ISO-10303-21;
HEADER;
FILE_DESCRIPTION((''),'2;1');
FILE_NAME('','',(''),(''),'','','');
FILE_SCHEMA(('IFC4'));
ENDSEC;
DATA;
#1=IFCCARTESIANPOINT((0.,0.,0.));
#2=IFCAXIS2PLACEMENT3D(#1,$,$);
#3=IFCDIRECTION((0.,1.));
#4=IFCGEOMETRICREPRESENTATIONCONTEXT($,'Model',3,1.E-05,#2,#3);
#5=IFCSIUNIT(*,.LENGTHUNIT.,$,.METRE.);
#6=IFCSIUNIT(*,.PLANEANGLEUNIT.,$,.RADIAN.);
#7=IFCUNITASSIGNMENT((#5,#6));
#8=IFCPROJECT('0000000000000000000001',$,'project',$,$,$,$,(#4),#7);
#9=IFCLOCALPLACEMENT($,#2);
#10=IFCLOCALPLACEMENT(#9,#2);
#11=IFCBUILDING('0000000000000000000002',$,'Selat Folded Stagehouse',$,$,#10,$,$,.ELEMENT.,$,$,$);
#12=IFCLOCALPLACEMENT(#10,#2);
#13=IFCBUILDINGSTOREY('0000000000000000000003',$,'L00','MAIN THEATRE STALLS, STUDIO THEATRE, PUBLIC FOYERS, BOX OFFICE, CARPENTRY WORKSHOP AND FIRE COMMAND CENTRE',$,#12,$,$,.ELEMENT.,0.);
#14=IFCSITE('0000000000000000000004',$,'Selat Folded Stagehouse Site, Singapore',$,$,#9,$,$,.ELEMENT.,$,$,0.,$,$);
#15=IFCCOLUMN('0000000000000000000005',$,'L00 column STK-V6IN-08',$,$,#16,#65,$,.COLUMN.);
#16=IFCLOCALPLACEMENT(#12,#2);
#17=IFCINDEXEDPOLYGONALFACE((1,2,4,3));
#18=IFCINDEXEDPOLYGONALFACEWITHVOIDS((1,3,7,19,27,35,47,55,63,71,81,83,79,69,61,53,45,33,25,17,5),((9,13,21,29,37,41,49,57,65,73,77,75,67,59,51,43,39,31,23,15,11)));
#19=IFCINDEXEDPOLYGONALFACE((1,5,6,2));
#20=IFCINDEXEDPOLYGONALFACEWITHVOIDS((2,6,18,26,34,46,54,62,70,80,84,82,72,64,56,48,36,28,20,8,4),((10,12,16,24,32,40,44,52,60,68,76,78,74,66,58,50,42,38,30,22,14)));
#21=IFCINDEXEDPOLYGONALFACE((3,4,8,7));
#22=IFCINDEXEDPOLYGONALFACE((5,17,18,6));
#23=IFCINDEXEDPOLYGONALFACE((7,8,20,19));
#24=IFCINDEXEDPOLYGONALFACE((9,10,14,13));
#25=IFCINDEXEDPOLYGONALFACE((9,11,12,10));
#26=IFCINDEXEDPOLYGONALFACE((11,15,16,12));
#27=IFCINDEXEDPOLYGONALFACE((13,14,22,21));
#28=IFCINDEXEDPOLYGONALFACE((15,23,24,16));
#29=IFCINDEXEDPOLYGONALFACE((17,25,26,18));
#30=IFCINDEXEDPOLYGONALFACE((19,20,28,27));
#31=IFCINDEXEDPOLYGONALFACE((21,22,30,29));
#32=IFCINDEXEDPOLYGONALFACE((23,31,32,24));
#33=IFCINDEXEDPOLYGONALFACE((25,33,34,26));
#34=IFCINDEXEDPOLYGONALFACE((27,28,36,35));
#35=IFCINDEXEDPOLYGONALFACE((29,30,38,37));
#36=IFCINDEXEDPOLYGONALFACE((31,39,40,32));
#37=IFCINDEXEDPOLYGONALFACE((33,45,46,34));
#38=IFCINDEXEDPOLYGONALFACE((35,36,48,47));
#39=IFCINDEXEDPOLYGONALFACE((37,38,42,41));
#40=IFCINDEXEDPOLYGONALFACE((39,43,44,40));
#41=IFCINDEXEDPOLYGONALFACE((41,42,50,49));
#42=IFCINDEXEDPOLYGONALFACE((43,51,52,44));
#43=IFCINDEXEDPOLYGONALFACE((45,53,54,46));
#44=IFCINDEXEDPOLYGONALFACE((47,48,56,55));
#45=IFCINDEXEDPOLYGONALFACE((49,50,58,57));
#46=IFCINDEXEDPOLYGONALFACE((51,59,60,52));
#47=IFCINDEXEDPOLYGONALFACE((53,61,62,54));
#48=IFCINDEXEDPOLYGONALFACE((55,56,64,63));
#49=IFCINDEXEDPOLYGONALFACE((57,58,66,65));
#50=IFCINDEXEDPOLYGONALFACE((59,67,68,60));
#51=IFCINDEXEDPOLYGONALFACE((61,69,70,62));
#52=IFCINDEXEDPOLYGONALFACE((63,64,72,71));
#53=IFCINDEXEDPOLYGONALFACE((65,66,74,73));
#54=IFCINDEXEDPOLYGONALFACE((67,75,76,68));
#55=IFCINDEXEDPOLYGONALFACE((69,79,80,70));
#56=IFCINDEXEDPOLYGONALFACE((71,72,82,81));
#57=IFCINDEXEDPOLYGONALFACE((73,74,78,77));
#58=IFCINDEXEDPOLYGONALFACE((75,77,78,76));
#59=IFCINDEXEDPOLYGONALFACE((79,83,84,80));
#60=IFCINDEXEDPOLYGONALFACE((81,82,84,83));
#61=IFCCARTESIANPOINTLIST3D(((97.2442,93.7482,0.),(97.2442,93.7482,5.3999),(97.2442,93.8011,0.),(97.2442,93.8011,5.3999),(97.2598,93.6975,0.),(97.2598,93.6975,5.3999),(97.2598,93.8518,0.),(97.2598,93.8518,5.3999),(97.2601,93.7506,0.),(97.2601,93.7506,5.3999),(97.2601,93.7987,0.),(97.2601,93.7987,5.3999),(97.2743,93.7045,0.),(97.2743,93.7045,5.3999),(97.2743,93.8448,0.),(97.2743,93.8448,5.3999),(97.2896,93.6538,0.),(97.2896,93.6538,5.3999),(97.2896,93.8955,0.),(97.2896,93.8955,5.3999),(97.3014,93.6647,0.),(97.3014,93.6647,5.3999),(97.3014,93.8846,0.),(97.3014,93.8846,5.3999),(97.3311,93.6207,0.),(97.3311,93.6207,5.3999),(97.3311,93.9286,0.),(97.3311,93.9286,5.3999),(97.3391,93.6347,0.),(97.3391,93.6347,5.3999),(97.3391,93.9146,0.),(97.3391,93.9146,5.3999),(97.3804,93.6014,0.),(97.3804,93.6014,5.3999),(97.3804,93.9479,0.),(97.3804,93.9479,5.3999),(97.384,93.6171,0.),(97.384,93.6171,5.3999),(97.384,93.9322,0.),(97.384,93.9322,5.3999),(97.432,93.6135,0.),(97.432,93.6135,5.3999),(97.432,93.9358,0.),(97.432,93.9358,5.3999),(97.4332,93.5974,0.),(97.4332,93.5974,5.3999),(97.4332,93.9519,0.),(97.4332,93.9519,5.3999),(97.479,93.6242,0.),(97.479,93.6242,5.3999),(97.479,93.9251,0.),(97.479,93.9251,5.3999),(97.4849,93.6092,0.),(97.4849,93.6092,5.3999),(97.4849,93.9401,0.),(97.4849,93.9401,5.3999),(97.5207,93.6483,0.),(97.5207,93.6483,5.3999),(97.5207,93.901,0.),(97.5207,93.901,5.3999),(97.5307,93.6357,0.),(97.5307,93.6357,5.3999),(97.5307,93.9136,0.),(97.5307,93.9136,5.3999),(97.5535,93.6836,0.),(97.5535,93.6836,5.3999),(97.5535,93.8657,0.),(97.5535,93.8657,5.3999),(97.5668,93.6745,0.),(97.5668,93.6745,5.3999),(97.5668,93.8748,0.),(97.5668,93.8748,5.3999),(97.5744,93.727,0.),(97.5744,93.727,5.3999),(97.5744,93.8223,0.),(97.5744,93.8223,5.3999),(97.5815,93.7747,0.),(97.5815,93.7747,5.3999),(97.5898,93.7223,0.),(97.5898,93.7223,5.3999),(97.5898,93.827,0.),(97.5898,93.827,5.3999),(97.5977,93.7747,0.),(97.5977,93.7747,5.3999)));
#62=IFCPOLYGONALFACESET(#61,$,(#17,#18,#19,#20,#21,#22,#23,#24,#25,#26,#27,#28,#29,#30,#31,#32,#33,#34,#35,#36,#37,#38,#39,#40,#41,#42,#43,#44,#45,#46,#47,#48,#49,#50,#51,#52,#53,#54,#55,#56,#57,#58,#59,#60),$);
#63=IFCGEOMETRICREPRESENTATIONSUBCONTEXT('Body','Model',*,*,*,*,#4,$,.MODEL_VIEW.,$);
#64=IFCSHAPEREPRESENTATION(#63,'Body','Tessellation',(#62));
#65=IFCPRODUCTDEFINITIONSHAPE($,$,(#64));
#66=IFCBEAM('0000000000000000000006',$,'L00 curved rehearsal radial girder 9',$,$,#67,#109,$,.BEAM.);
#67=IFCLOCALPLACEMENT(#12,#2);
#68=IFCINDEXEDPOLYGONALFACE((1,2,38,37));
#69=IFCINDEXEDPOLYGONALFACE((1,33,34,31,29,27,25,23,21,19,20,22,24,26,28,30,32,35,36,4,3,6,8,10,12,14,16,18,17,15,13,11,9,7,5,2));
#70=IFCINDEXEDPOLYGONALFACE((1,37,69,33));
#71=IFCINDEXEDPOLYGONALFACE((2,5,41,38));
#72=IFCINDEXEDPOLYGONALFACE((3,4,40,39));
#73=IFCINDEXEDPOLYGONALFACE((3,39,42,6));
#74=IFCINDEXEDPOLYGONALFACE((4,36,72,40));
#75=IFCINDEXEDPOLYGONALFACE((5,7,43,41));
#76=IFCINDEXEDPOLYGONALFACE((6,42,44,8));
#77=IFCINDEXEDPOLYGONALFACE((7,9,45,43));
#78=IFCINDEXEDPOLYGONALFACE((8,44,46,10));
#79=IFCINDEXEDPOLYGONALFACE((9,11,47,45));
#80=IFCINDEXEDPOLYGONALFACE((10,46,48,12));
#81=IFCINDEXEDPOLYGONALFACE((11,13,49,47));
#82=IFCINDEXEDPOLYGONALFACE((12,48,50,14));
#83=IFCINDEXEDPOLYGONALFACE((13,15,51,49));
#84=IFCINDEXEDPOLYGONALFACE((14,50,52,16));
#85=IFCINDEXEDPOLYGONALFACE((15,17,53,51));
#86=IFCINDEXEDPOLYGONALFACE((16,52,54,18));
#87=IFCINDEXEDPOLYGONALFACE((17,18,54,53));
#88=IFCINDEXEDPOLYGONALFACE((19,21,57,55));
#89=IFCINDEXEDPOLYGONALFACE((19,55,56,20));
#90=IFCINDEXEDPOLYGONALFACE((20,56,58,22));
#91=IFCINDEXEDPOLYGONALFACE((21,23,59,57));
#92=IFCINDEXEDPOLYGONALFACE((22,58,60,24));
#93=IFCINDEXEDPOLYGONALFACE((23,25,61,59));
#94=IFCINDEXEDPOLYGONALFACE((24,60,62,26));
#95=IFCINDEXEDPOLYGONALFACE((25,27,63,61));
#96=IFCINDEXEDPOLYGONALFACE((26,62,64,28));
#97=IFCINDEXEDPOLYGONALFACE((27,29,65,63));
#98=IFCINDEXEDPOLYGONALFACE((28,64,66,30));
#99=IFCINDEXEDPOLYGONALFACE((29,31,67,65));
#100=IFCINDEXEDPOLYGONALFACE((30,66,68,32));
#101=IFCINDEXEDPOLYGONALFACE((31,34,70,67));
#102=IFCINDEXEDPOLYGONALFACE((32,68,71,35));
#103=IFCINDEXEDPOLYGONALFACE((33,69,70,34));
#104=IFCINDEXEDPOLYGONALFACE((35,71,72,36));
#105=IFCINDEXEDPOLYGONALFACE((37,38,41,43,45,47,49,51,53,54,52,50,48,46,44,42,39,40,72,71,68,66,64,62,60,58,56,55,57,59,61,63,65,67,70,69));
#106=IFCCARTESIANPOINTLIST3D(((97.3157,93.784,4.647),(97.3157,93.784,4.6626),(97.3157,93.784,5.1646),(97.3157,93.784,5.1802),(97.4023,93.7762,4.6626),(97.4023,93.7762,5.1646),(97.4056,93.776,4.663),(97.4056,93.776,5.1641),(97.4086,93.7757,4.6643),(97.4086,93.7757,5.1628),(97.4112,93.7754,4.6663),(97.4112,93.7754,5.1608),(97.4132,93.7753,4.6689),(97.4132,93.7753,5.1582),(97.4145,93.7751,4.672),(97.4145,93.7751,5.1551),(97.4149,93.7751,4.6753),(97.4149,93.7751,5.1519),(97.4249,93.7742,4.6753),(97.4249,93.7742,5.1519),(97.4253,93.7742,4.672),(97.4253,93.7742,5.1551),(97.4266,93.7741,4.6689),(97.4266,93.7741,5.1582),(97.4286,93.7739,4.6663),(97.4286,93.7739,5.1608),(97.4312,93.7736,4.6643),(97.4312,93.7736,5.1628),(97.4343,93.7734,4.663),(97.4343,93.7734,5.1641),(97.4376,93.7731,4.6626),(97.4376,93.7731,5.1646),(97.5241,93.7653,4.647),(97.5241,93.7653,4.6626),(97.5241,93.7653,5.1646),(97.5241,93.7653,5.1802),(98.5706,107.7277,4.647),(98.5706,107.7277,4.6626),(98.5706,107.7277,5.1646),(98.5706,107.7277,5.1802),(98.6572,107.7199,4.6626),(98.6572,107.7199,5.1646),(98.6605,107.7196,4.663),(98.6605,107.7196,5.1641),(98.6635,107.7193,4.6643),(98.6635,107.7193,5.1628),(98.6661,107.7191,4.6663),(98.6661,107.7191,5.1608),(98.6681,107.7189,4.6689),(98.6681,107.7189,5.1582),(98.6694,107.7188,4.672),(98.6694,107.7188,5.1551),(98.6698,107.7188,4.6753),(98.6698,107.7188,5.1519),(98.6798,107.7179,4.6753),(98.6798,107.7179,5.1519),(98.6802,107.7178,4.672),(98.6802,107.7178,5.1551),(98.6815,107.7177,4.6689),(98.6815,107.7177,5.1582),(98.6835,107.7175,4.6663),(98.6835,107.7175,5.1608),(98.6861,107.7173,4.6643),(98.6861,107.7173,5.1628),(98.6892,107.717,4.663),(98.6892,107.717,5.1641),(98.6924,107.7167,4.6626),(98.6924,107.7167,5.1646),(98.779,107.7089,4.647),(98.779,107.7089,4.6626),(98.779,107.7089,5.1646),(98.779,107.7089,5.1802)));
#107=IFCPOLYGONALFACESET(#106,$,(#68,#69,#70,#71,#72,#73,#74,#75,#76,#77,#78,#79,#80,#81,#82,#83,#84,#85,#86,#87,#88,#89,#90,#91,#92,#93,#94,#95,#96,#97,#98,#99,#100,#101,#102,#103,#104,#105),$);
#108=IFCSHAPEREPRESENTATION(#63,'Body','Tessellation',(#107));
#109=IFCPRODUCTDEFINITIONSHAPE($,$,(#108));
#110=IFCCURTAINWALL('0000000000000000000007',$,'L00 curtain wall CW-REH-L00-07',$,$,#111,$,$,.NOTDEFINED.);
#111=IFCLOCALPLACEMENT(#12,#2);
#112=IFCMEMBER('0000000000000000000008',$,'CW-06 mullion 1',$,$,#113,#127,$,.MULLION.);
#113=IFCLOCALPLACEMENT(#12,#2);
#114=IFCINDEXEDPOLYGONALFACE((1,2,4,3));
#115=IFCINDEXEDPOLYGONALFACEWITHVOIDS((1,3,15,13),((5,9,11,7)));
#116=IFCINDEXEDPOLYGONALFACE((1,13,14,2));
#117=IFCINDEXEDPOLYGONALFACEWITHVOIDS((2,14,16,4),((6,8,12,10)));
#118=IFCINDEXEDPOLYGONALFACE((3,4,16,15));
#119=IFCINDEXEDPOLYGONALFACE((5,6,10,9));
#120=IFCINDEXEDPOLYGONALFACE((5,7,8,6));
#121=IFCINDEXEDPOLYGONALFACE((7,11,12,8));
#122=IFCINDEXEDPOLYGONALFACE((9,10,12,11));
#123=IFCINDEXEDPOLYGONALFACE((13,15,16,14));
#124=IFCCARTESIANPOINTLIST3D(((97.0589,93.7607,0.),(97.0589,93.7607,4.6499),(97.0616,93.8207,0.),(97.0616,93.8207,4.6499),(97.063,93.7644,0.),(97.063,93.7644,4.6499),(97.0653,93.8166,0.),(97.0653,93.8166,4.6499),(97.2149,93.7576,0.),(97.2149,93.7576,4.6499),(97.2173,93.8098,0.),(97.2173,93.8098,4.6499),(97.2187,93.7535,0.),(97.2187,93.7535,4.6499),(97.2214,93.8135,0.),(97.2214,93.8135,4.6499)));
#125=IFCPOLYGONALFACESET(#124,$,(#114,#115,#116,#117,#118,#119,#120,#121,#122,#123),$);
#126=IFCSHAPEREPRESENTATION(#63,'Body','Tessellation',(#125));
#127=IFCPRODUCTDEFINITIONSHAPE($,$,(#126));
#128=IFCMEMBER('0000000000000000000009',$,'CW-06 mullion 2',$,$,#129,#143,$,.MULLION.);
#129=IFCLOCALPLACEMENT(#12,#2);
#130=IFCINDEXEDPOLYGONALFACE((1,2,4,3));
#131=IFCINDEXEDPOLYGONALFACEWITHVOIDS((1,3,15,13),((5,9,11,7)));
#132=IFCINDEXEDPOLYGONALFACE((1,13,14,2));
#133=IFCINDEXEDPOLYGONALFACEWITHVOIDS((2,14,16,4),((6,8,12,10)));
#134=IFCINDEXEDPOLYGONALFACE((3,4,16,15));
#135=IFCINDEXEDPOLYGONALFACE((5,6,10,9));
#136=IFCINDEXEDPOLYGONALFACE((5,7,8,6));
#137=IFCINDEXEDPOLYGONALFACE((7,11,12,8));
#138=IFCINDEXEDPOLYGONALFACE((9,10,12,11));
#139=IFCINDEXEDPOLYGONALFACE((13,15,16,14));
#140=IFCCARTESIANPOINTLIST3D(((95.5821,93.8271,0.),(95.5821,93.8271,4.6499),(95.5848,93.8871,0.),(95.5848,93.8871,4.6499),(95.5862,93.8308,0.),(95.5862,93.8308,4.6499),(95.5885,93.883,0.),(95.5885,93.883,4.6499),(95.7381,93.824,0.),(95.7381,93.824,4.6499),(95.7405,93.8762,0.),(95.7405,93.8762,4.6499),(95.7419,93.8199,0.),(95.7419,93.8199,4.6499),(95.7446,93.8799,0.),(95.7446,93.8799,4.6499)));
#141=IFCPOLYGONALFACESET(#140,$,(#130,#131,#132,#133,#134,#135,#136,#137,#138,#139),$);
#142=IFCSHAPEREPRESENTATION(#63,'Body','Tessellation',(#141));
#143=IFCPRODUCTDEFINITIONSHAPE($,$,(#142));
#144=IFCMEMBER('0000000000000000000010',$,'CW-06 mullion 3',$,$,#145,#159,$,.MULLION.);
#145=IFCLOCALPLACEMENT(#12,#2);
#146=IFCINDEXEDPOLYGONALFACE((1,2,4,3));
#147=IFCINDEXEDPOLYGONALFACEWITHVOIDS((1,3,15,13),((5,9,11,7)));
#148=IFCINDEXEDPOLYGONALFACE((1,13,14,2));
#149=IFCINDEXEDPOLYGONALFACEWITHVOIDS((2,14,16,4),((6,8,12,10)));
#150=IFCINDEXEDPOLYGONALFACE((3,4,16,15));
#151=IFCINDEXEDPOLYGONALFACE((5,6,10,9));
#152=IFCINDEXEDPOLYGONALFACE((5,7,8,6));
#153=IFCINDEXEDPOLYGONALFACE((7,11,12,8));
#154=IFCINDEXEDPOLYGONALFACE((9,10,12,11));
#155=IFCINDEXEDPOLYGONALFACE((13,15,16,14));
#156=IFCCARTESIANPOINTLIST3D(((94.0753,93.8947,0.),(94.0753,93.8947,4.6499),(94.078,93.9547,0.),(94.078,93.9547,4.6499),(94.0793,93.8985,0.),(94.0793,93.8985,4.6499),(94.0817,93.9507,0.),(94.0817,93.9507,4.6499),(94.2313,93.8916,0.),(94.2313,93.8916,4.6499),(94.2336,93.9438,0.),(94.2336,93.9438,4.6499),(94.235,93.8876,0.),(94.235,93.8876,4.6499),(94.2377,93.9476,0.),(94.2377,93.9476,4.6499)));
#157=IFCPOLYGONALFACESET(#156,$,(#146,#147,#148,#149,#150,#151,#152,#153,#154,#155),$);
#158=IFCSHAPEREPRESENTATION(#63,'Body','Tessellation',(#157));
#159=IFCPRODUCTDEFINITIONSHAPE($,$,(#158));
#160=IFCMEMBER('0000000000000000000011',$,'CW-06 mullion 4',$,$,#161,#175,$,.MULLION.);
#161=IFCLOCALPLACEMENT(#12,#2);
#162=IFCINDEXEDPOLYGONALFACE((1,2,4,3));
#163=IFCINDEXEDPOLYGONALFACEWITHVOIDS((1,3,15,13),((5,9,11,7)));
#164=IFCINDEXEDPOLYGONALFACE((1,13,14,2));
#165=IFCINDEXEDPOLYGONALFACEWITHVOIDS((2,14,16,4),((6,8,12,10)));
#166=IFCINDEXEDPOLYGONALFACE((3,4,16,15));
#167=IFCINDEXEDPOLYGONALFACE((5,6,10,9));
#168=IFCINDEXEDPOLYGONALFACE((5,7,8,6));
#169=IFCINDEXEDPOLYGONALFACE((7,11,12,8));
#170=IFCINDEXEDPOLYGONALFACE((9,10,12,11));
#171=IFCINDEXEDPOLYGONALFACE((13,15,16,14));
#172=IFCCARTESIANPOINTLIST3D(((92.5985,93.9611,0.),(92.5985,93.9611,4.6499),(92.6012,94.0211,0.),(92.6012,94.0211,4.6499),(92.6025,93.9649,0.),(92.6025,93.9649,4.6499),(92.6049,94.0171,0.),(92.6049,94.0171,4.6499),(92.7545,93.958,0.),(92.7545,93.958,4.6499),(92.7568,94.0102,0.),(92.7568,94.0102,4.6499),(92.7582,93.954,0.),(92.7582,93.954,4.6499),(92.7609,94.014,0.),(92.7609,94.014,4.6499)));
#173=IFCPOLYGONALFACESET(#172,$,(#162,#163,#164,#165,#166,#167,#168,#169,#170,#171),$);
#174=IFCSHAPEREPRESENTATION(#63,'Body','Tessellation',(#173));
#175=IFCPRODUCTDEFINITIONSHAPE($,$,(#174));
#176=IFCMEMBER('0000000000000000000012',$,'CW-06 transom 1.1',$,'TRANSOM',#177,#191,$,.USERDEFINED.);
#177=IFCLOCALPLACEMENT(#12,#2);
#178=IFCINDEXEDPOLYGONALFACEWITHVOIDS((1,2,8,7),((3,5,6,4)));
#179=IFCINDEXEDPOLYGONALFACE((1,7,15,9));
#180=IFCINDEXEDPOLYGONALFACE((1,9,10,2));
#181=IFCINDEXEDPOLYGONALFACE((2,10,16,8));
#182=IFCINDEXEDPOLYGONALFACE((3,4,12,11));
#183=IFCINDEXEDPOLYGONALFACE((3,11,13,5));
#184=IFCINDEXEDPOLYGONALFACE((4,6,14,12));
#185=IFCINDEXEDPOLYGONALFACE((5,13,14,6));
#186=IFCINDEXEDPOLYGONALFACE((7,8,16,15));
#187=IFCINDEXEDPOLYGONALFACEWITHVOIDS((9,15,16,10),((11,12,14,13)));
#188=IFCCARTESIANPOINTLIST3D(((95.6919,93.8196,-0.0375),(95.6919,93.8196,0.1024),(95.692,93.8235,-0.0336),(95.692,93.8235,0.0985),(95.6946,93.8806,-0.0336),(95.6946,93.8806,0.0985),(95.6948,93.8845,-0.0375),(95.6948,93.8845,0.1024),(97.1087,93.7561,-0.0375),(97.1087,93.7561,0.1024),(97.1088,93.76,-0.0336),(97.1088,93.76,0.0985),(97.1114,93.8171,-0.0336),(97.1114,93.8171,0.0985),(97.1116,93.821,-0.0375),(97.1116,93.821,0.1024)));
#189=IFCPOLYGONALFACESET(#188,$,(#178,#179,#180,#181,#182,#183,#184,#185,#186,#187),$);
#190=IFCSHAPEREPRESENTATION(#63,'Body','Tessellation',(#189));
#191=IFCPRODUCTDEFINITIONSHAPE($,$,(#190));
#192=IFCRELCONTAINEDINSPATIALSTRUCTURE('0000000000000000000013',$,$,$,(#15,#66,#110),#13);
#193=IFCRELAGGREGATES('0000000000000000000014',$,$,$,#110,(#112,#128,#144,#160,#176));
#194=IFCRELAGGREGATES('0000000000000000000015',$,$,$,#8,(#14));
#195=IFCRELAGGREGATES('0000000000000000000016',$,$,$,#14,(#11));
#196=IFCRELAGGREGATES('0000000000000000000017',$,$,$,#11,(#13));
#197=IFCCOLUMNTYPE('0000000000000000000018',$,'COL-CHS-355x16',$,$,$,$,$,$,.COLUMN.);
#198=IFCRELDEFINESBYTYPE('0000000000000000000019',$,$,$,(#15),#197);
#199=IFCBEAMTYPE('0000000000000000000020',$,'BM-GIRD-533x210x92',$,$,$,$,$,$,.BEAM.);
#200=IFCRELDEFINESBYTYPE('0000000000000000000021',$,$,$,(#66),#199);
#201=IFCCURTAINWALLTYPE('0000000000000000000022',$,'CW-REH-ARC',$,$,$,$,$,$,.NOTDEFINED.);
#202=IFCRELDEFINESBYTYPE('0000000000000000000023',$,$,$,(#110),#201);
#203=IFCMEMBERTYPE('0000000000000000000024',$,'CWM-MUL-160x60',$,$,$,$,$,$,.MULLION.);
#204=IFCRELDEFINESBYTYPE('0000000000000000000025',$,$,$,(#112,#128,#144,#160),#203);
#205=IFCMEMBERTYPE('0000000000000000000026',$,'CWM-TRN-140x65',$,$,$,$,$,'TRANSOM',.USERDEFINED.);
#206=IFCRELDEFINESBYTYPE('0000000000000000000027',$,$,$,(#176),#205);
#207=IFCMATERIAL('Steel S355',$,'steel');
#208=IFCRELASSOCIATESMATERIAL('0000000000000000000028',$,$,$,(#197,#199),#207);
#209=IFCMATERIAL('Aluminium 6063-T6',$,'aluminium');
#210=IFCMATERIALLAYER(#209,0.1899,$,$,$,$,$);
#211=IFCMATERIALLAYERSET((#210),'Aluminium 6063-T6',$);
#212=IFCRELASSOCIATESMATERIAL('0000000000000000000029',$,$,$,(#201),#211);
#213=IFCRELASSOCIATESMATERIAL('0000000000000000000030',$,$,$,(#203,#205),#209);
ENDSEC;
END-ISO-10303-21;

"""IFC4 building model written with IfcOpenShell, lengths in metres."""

from ifc_helpers import new_model, si_unit, direction, frame, origin, origin_2d, place, context, subcontext, project, spatial, hollow_rectangle, hollow_circle, i_section, extrude, material, layer, layer_set, material_profile, profile_set, type_object, element, aggregate, save


model = new_model("IFC4")

# Units and contexts
model_context = context("Model", 3, precision=1e-05, world=origin(), true_north=direction((0.0, 1.0)))
body_context = subcontext(model_context, "Body", "Model", "MODEL_VIEW")
ifc_project = project(units=[si_unit("LENGTHUNIT", "METRE"), si_unit("PLANEANGLEUNIT", "RADIAN")], contexts=[model_context])

# Site, building, storey
site_placement = place(None, origin())
site = spatial("IfcSite", under=ifc_project, at=site_placement, Name="Selat Folded Stagehouse Site, Singapore", CompositionType="ELEMENT", RefElevation=0.0)
building_placement = place(site_placement, origin())
building = spatial("IfcBuilding", under=site, at=building_placement, Name="Selat Folded Stagehouse", CompositionType="ELEMENT")
storey_placement = place(building_placement, origin())
storey = spatial("IfcBuildingStorey", under=building, at=storey_placement, Name="L00", Description="MAIN THEATRE STALLS, STUDIO THEATRE, PUBLIC FOYERS, BOX OFFICE, CARPENTRY WORKSHOP AND FIRE COMMAND CENTRE", CompositionType="ELEMENT", Elevation=0.0)

# Column
ifc_material_1 = material(Name="Steel S355", Category="steel")
ifc_material_profile_1 = material_profile(ifc_material_1, hollow_circle(Radius=0.1777, WallThickness=0.0161, at=origin_2d()), Name="CHS 355.6x16.0")
ifc_profile_set_1 = profile_set([ifc_material_profile_1], Name="Steel S355")
column_type = type_object("IfcColumnType", Name="COL-CHS-355x16", PredefinedType="COLUMN", material=ifc_profile_set_1)
column_placement = place(storey_placement, frame((97.4199, 93.7747, 0.0), z_axis=(0.0, 0.0, 1.0), x_axis=(1.0, 0.0, 0.0)))
element("IfcColumn", 1, at=column_placement, inside=storey, type_object=column_type, Name="L00 column STK-V6IN-08", PredefinedType="COLUMN", context=body_context, shape_type="SweptSolid", body=[
    extrude(hollow_circle(Radius=0.1777, WallThickness=0.0161, at=origin_2d()), origin(), (0.0, 0.0, 1.0), 5.3999),
])

# Beam
ifc_material_profile_2 = material_profile(ifc_material_1, i_section(OverallWidth=0.2092, OverallDepth=0.5332, WebThickness=0.01, FlangeThickness=0.0156, FilletRadius=0.0127, at=origin_2d()), Name="UKB 533x210x92")
ifc_profile_set_2 = profile_set([ifc_material_profile_2], Name="Steel S355")
beam_type_1 = type_object("IfcBeamType", Name="BM-GIRD-533x210x92", PredefinedType="BEAM", material=ifc_profile_set_2)
beam_1_placement = place(storey_placement, frame((97.4199, 93.7747, 4.9136), z_axis=(0.089635, 0.995975, 0.0), x_axis=(-0.995975, 0.089635, 0.0)))
element("IfcBeam", 2, at=beam_1_placement, inside=storey, type_object=beam_type_1, Name="L00 curved rehearsal radial girder 9", PredefinedType="BEAM", context=body_context, shape_type="SweptSolid", body=[
    extrude(i_section(OverallWidth=0.2092, OverallDepth=0.5332, WebThickness=0.01, FlangeThickness=0.0156, FilletRadius=0.0127, at=origin_2d()), origin(), (0.0, 0.0, 1.0), 14.0),
])

# Curtain wall, members
ifc_material_2 = material(Name="Aluminium 6063-T6", Category="aluminium")
ifc_layer_1 = layer(ifc_material_2, 0.1899)
ifc_layer_set_1 = layer_set([ifc_layer_1], Name="Aluminium 6063-T6")
curtain_wall_type = type_object("IfcCurtainWallType", Name="CW-REH-ARC", PredefinedType="NOTDEFINED", material=ifc_layer_set_1)
curtain_wall_placement = place(storey_placement, origin())
curtain_wall = element("IfcCurtainWall", 3, at=curtain_wall_placement, inside=storey, type_object=curtain_wall_type, Name="L00 curtain wall CW-REH-L00-07", PredefinedType="NOTDEFINED")
ifc_material_profile_3 = material_profile(ifc_material_2, hollow_rectangle(XDim=0.0601, YDim=0.1599, WallThickness=0.0039, at=origin_2d()), Name="ALU 160x60x4.0")
ifc_profile_set_3 = profile_set([ifc_material_profile_3], Name="Aluminium 6063-T6")
member_type_1 = type_object("IfcMemberType", Name="CWM-MUL-160x60", PredefinedType="MULLION", material=ifc_profile_set_3)
member_1_placement = place(storey_placement, frame((97.1401, 93.7871, 0.0), z_axis=(0.0, 0.0, 1.0), x_axis=(-0.044862, -0.998993, 0.0)))
member_1 = element("IfcMember", 4, at=member_1_placement, type_object=member_type_1, Name="CW-06 mullion 1", PredefinedType="MULLION", context=body_context, shape_type="SweptSolid", body=[
    extrude(hollow_rectangle(XDim=0.0601, YDim=0.1599, WallThickness=0.0039, at=origin_2d()), origin(), (0.0, 0.0, 1.0), 4.6499),
])
member_2_placement = place(storey_placement, frame((95.6633, 93.8535, 0.0), z_axis=(0.0, 0.0, 1.0), x_axis=(-0.044862, -0.998993, 0.0)))
member_2 = element("IfcMember", 5, at=member_2_placement, type_object=member_type_1, Name="CW-06 mullion 2", PredefinedType="MULLION", context=body_context, shape_type="SweptSolid", body=[
    extrude(hollow_rectangle(XDim=0.0601, YDim=0.1599, WallThickness=0.0039, at=origin_2d()), origin(), (0.0, 0.0, 1.0), 4.6499),
])
member_3_placement = place(storey_placement, frame((94.1565, 93.9211, 0.0), z_axis=(0.0, 0.0, 1.0), x_axis=(-0.044862, -0.998993, 0.0)))
member_3 = element("IfcMember", 6, at=member_3_placement, type_object=member_type_1, Name="CW-06 mullion 3", PredefinedType="MULLION", context=body_context, shape_type="SweptSolid", body=[
    extrude(hollow_rectangle(XDim=0.0601, YDim=0.1599, WallThickness=0.0039, at=origin_2d()), origin(), (0.0, 0.0, 1.0), 4.6499),
])
member_4_placement = place(storey_placement, frame((92.6797, 93.9875, 0.0), z_axis=(0.0, 0.0, 1.0), x_axis=(-0.044862, -0.998993, 0.0)))
member_4 = element("IfcMember", 7, at=member_4_placement, type_object=member_type_1, Name="CW-06 mullion 4", PredefinedType="MULLION", context=body_context, shape_type="SweptSolid", body=[
    extrude(hollow_rectangle(XDim=0.0601, YDim=0.1599, WallThickness=0.0039, at=origin_2d()), origin(), (0.0, 0.0, 1.0), 4.6499),
])
ifc_material_profile_4 = material_profile(ifc_material_2, hollow_rectangle(XDim=0.0649, YDim=0.1399, WallThickness=0.0039, at=origin_2d()), Name="ALU 140x65x4.0")
ifc_profile_set_4 = profile_set([ifc_material_profile_4], Name="Aluminium 6063-T6")
member_type_2 = type_object("IfcMemberType", Name="CWM-TRN-140x65", ElementType="TRANSOM", PredefinedType="USERDEFINED", material=ifc_profile_set_4)
member_5_placement = place(storey_placement, frame((97.1101, 93.7886, 0.0325), z_axis=(-0.998998, 0.04476, 0.0), x_axis=(-0.04476, -0.998998, 0.0)))
member_5 = element("IfcMember", 8, at=member_5_placement, type_object=member_type_2, Name="CW-06 transom 1.1", ObjectType="TRANSOM", PredefinedType="USERDEFINED", context=body_context, shape_type="SweptSolid", body=[
    extrude(hollow_rectangle(XDim=0.0649, YDim=0.1399, WallThickness=0.0039, at=origin_2d()), origin(), (0.0, 0.0, 1.0), 1.4182),
])

aggregate(curtain_wall, [member_1, member_2, member_3, member_4, member_5])

save(model, "model.ifc")
